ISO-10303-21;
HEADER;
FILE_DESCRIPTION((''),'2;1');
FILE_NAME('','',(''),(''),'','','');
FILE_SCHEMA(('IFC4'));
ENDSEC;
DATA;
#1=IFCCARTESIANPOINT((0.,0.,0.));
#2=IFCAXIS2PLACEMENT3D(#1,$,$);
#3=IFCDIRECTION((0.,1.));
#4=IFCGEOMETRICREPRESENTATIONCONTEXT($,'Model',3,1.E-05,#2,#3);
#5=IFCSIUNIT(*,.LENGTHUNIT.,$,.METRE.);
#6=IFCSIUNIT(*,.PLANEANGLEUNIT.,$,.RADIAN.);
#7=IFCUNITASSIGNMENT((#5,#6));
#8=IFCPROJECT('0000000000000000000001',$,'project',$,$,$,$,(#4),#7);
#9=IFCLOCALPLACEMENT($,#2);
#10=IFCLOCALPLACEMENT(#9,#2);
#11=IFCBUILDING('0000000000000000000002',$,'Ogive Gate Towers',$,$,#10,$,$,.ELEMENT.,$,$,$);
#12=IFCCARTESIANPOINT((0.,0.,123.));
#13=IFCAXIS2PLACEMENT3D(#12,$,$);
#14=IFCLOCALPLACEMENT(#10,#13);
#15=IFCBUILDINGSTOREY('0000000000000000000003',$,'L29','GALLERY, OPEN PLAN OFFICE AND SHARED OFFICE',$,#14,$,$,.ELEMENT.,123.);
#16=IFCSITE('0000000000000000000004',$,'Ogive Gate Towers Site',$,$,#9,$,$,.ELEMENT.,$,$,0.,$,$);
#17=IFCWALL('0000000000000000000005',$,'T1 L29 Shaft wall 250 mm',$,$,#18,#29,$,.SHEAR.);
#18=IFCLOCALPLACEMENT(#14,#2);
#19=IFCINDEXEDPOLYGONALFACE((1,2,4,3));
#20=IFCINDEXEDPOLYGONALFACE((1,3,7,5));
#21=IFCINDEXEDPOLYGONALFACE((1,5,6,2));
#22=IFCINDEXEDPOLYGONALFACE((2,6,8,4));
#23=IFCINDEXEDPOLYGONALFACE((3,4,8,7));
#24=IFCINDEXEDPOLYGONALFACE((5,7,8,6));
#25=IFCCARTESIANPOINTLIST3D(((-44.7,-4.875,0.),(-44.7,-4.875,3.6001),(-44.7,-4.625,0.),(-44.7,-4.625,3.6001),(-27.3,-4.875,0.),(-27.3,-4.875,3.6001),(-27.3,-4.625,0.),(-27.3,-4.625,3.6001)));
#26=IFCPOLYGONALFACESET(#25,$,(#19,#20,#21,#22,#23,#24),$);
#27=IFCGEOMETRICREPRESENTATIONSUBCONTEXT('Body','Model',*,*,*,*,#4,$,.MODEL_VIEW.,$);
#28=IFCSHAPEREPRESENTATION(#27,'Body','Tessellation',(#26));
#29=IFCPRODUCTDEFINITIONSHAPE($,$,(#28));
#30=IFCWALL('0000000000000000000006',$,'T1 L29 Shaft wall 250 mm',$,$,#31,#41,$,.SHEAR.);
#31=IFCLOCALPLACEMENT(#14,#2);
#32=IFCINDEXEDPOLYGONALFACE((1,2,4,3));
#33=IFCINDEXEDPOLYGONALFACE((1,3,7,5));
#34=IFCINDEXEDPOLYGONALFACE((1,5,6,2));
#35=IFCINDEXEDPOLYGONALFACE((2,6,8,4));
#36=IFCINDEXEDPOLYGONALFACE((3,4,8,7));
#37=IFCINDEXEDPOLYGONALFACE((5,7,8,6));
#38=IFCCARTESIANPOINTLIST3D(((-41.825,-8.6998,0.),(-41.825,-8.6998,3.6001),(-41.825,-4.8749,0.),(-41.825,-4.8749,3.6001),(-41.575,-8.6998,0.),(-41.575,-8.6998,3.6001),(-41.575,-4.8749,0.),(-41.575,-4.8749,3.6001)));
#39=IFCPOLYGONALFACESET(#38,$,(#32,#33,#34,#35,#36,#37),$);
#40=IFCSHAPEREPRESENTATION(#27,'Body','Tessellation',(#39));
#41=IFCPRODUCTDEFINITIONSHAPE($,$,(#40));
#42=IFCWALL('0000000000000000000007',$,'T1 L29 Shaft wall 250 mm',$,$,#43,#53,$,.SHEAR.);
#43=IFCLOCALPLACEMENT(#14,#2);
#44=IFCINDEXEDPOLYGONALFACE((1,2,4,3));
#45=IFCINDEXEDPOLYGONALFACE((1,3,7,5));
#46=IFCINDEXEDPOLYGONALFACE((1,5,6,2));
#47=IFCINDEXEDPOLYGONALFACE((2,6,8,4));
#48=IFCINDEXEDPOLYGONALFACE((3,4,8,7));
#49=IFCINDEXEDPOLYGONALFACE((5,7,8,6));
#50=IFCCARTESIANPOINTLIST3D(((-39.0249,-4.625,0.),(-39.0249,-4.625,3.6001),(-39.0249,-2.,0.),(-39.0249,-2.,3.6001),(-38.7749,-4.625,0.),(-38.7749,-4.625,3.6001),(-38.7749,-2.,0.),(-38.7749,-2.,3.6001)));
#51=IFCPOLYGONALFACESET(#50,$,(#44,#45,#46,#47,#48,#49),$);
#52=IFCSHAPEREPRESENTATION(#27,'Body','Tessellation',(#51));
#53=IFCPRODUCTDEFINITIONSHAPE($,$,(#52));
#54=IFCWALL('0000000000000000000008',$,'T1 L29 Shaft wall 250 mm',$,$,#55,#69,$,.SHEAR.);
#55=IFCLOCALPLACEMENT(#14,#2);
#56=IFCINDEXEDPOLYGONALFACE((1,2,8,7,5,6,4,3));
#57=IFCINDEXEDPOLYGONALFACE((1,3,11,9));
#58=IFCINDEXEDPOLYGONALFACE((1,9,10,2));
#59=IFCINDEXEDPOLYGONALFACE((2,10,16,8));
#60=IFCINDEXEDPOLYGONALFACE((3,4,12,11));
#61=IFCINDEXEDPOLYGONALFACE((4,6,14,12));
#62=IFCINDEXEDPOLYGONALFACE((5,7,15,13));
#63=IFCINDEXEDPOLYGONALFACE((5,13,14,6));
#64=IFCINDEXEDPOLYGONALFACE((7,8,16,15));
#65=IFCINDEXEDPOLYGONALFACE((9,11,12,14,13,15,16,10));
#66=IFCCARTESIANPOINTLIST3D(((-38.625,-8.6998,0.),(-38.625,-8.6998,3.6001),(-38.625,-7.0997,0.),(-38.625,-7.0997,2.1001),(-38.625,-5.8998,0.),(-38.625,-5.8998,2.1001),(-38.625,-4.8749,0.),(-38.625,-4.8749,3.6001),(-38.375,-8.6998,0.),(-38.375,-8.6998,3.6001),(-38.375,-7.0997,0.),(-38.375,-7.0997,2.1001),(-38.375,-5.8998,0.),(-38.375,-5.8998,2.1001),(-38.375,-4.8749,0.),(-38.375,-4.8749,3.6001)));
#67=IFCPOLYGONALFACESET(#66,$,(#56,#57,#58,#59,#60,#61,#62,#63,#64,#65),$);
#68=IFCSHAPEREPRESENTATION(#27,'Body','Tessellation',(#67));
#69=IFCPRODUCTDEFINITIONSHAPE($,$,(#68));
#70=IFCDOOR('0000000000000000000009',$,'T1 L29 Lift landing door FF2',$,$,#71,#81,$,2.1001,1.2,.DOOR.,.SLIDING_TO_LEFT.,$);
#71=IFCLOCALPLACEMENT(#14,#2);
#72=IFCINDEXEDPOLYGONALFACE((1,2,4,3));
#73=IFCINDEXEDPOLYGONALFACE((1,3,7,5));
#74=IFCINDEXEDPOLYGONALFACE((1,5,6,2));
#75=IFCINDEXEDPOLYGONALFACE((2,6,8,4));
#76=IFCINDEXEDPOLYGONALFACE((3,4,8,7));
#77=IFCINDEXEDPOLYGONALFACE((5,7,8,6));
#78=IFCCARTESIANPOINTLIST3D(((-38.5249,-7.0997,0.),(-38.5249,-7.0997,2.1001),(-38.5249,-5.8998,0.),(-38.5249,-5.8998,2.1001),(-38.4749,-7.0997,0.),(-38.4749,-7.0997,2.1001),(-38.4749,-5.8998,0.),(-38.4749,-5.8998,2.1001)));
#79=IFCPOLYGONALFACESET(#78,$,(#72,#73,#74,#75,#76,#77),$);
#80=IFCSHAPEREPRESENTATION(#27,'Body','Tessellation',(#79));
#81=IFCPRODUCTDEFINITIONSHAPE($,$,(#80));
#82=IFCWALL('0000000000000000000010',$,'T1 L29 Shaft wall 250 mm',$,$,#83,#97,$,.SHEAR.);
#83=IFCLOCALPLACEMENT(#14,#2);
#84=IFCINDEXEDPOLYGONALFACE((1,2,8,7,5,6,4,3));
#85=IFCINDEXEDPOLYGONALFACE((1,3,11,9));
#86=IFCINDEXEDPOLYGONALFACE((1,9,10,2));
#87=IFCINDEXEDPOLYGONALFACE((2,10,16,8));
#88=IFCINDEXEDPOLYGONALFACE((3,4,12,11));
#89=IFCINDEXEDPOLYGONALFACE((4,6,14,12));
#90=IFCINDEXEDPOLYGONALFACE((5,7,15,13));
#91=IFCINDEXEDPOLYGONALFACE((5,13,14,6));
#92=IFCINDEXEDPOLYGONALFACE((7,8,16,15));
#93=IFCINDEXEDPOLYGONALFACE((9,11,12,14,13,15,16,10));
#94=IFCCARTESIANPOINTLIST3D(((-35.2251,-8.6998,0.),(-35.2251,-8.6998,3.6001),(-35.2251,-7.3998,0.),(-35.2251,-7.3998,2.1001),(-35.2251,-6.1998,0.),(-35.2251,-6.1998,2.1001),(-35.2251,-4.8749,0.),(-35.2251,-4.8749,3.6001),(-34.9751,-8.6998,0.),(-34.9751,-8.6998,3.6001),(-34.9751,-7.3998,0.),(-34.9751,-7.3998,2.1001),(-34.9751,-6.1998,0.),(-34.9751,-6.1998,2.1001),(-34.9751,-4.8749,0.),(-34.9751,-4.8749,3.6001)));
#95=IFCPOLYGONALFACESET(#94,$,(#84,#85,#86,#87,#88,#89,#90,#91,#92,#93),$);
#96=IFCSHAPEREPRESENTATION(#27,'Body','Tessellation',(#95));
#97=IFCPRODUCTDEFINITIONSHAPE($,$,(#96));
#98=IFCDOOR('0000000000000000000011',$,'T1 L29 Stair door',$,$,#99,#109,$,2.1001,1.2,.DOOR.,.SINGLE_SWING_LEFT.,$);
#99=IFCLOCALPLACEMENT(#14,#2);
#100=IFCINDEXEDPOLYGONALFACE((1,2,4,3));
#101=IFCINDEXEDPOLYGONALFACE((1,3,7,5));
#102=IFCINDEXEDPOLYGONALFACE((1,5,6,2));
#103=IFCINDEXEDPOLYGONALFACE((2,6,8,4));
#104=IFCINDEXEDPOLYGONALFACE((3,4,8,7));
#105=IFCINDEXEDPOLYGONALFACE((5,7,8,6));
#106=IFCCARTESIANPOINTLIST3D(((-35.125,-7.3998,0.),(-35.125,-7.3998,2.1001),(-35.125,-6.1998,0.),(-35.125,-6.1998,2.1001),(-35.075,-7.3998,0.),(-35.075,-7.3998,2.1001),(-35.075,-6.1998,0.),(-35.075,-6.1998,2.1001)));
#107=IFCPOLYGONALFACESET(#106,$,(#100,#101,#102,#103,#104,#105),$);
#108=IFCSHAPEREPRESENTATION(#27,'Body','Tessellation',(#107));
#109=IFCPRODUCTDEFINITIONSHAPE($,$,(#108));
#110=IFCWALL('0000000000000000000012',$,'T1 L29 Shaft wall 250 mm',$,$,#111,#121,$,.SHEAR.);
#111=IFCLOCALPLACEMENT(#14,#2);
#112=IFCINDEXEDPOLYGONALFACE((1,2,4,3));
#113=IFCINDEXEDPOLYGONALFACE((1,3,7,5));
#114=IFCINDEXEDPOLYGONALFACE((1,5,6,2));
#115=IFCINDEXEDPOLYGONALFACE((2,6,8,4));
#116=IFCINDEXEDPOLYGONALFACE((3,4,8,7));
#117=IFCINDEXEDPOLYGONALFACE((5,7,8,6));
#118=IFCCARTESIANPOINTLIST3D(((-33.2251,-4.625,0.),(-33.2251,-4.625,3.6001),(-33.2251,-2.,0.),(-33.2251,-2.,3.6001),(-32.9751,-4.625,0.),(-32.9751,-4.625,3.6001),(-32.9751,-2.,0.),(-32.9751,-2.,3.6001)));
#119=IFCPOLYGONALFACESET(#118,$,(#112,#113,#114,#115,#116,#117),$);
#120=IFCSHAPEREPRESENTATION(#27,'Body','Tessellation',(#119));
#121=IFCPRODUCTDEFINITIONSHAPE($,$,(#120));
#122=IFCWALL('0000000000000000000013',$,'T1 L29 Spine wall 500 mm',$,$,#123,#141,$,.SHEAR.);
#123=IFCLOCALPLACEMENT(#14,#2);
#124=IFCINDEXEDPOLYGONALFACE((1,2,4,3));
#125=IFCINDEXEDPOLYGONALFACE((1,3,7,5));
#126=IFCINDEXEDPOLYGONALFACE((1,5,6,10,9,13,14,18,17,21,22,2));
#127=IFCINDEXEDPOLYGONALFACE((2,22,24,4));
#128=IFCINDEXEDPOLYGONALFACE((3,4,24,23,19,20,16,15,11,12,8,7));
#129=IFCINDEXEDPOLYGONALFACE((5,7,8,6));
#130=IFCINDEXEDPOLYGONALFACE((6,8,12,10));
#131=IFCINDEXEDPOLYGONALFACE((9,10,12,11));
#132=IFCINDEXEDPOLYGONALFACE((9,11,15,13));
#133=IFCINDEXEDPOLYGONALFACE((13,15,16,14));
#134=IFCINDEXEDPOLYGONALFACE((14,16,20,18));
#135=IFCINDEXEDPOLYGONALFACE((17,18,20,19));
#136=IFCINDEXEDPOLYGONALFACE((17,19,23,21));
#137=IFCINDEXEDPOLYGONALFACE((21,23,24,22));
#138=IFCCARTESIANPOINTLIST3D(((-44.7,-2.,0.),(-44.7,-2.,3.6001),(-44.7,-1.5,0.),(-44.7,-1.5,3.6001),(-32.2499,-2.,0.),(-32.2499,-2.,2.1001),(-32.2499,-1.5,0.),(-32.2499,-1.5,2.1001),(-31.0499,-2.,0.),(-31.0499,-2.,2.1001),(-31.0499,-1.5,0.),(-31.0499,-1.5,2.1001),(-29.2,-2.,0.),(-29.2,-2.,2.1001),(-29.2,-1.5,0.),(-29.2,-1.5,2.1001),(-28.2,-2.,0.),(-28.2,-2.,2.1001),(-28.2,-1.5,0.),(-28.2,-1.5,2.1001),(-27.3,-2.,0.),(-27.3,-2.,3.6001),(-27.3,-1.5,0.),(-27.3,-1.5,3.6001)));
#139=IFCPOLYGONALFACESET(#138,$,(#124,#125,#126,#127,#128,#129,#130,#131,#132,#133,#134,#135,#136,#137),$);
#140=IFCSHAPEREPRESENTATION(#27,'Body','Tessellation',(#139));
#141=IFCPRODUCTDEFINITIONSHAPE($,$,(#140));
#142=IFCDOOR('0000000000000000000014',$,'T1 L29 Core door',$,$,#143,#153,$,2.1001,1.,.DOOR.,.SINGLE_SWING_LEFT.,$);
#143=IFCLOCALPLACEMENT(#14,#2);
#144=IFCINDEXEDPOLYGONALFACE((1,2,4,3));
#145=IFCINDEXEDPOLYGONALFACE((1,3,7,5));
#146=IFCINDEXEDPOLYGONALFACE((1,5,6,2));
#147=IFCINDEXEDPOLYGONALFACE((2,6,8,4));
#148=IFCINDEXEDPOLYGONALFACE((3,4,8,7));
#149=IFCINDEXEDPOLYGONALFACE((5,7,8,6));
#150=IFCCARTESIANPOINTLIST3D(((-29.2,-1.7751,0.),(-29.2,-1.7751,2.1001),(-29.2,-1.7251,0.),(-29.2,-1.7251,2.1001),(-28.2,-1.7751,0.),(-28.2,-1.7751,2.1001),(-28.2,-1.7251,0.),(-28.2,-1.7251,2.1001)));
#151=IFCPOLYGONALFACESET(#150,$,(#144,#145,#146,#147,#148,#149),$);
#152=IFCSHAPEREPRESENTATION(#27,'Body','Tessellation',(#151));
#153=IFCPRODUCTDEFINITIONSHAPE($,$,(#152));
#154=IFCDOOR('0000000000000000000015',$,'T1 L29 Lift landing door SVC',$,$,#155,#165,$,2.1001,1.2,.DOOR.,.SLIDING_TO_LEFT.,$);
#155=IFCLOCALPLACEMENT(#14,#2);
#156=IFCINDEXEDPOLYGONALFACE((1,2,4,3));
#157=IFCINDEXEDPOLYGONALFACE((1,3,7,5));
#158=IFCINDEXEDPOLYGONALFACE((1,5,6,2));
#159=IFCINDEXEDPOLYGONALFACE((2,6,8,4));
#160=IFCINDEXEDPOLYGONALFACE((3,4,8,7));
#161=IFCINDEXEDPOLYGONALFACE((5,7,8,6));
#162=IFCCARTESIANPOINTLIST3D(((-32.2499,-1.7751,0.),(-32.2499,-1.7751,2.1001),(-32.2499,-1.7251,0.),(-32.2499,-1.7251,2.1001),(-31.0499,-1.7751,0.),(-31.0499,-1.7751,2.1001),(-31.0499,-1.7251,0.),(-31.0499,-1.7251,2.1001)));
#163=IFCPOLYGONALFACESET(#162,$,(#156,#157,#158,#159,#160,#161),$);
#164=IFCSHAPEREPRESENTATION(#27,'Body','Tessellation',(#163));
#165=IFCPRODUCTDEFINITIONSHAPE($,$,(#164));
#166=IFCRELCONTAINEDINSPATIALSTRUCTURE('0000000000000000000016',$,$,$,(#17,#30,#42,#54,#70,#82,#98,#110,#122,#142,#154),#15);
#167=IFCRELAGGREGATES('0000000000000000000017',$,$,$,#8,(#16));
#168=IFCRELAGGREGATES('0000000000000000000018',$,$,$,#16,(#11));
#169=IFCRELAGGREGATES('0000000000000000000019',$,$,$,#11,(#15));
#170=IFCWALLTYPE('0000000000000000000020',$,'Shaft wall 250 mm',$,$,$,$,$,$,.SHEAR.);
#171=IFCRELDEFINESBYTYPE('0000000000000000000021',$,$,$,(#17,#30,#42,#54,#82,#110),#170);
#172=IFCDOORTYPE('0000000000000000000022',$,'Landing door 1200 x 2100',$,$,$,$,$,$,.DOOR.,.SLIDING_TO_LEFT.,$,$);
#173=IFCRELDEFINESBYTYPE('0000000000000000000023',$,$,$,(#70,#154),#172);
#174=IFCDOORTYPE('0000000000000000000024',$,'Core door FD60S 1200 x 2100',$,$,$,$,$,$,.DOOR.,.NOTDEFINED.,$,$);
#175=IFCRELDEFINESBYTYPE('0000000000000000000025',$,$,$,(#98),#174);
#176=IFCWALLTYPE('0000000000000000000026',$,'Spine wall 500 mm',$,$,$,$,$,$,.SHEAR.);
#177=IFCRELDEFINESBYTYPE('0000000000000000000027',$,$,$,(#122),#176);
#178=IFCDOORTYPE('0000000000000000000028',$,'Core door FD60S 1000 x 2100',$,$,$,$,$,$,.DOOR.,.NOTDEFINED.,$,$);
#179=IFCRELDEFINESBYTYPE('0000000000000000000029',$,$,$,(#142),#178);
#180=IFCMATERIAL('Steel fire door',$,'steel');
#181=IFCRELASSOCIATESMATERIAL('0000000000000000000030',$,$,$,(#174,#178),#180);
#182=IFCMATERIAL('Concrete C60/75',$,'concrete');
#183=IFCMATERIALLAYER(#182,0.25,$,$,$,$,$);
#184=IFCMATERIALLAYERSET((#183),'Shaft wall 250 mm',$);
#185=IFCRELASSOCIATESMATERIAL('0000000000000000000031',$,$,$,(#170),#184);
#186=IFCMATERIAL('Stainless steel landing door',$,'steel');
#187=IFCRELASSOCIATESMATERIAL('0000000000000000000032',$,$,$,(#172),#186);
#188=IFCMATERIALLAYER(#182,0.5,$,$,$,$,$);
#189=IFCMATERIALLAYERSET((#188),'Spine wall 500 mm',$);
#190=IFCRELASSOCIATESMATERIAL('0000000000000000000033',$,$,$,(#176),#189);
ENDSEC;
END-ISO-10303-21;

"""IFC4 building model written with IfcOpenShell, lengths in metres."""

from ifc_helpers import new_model, si_unit, direction, frame, frame_2d, origin, place, context, subcontext, project, spatial, rectangle, extrude, material, layer, layer_set, type_object, element, fill, save


model = new_model("IFC4")

# Units and contexts
model_context = context("Model", 3, precision=1e-05, world=origin(), true_north=direction((0.0, 1.0)))
body_context = subcontext(model_context, "Body", "Model", "MODEL_VIEW")
ifc_project = project(units=[si_unit("LENGTHUNIT", "METRE"), si_unit("PLANEANGLEUNIT", "RADIAN")], contexts=[model_context])

# Site, building, storey
site_placement = place(None, origin())
site = spatial("IfcSite", under=ifc_project, at=site_placement, Name="Ogive Gate Towers Site", CompositionType="ELEMENT", RefElevation=0.0)
building_placement = place(site_placement, origin())
building = spatial("IfcBuilding", under=site, at=building_placement, Name="Ogive Gate Towers", CompositionType="ELEMENT")
storey_placement = place(building_placement, frame((0.0, 0.0, 123.0)))
storey = spatial("IfcBuildingStorey", under=building, at=storey_placement, Name="L29", Description="GALLERY, OPEN PLAN OFFICE AND SHARED OFFICE", CompositionType="ELEMENT", Elevation=123.0)

# Shared definitions
ifc_material_1 = material(Name="Concrete C60/75", Category="concrete")
ifc_material_2 = material(Name="Steel fire door", Category="steel")
door_type_1 = type_object("IfcDoorType", Name="Core door FD60S 1200 x 2100", OperationType="NOTDEFINED", PredefinedType="DOOR", material=ifc_material_2)

# Walls
ifc_layer_1 = layer(ifc_material_1, 0.25)
ifc_layer_set_1 = layer_set([ifc_layer_1], Name="Shaft wall 250 mm")
wall_type_1 = type_object("IfcWallType", Name="Shaft wall 250 mm", PredefinedType="SHEAR", material=ifc_layer_set_1)
wall_1_placement = place(storey_placement, frame((-44.7, -4.75, 0.0), z_axis=(0.0, 0.0, 1.0), x_axis=(1.0, 0.0, 0.0)))
element("IfcWall", 1, at=wall_1_placement, inside=storey, type_object=wall_type_1, Name="T1 L29 Shaft wall 250 mm", PredefinedType="SHEAR", context=body_context, shape_type="SweptSolid", body=[
    extrude(rectangle(XDim=17.3999, YDim=0.25, at=frame_2d((8.7, 0.0))), origin(), (0.0, 0.0, 1.0), 3.6001),
])
wall_2_placement = place(storey_placement, frame((-41.7, -8.7, 0.0), z_axis=(0.0, 0.0, 1.0), x_axis=(0.0, 1.0, 0.0)))
element("IfcWall", 2, at=wall_2_placement, inside=storey, type_object=wall_type_1, Name="T1 L29 Shaft wall 250 mm", PredefinedType="SHEAR", context=body_context, shape_type="SweptSolid", body=[
    extrude(rectangle(XDim=3.825, YDim=0.25, at=frame_2d((1.9126, 0.0))), origin(), (0.0, 0.0, 1.0), 3.6001),
])
wall_3_placement = place(storey_placement, frame((-38.8999, -4.625, 0.0), z_axis=(0.0, 0.0, 1.0), x_axis=(0.0, 1.0, 0.0)))
element("IfcWall", 3, at=wall_3_placement, inside=storey, type_object=wall_type_1, Name="T1 L29 Shaft wall 250 mm", PredefinedType="SHEAR", context=body_context, shape_type="SweptSolid", body=[
    extrude(rectangle(XDim=2.625, YDim=0.25, at=frame_2d((1.3125, 0.0))), origin(), (0.0, 0.0, 1.0), 3.6001),
])

# Walls, openings, doors
wall_4_placement = place(storey_placement, frame((-38.5, -8.7, 0.0), z_axis=(0.0, 0.0, 1.0), x_axis=(0.0, 1.0, 0.0)))
wall_4 = element("IfcWall", 4, at=wall_4_placement, inside=storey, type_object=wall_type_1, Name="T1 L29 Shaft wall 250 mm", PredefinedType="SHEAR", context=body_context, shape_type="SweptSolid", body=[
    extrude(rectangle(XDim=3.825, YDim=0.25, at=frame_2d((1.9126, 0.0))), origin(), (0.0, 0.0, 1.0), 3.6001),
])
opening_1_placement = place(wall_4_placement, frame((1.6001, 0.0, 0.0)))
opening_1 = element("IfcOpeningElement", 5, at=opening_1_placement, cuts=wall_4, PredefinedType="OPENING", context=body_context, shape_type="SweptSolid", body=[
    extrude(rectangle(XDim=1.2, YDim=2.1001, at=frame_2d((0.6001, 1.05))), frame((0.0, 0.135, 0.0), z_axis=(0.0, -1.0, 0.0), x_axis=(1.0, 0.0, 0.0)), (0.0, 0.0, 1.0), 0.27),
])
ifc_material_3 = material(Name="Stainless steel landing door", Category="steel")
door_type_2 = type_object("IfcDoorType", Name="Landing door 1200 x 2100", OperationType="SLIDING_TO_LEFT", PredefinedType="DOOR", material=ifc_material_3)
door_1_placement = place(opening_1_placement, origin())
door_1 = element("IfcDoor", 6, at=door_1_placement, inside=storey, type_object=door_type_2, Name="T1 L29 Lift landing door FF2", OperationType="SLIDING_TO_LEFT", OverallHeight=2.1001, OverallWidth=1.2, PredefinedType="DOOR", context=body_context, shape_type="SweptSolid", body=[
    extrude(rectangle(XDim=1.2, YDim=2.1001, at=frame_2d((0.6001, 1.05))), frame((0.0, 0.0249, 0.0), z_axis=(0.0, -1.0, 0.0), x_axis=(1.0, 0.0, 0.0)), (0.0, 0.0, 1.0), 0.05),
])
fill(opening_1, door_1)
wall_5_placement = place(storey_placement, frame((-35.1001, -8.7, 0.0), z_axis=(0.0, 0.0, 1.0), x_axis=(0.0, 1.0, 0.0)))
wall_5 = element("IfcWall", 7, at=wall_5_placement, inside=storey, type_object=wall_type_1, Name="T1 L29 Shaft wall 250 mm", PredefinedType="SHEAR", context=body_context, shape_type="SweptSolid", body=[
    extrude(rectangle(XDim=3.825, YDim=0.25, at=frame_2d((1.9126, 0.0))), origin(), (0.0, 0.0, 1.0), 3.6001),
])
opening_2_placement = place(wall_5_placement, frame((1.3, 0.0, 0.0)))
opening_2 = element("IfcOpeningElement", 8, at=opening_2_placement, cuts=wall_5, PredefinedType="OPENING", context=body_context, shape_type="SweptSolid", body=[
    extrude(rectangle(XDim=1.2, YDim=2.1001, at=frame_2d((0.6001, 1.05))), frame((0.0, 0.135, 0.0), z_axis=(0.0, -1.0, 0.0), x_axis=(1.0, 0.0, 0.0)), (0.0, 0.0, 1.0), 0.27),
])
door_2_placement = place(opening_2_placement, origin())
door_2 = element("IfcDoor", 9, at=door_2_placement, inside=storey, type_object=door_type_1, Name="T1 L29 Stair door", OperationType="SINGLE_SWING_LEFT", OverallHeight=2.1001, OverallWidth=1.2, PredefinedType="DOOR", context=body_context, shape_type="SweptSolid", body=[
    extrude(rectangle(XDim=1.2, YDim=2.1001, at=frame_2d((0.6001, 1.05))), frame((0.0, 0.0249, 0.0), z_axis=(0.0, -1.0, 0.0), x_axis=(1.0, 0.0, 0.0)), (0.0, 0.0, 1.0), 0.05),
])
fill(opening_2, door_2)

# Wall
wall_6_placement = place(storey_placement, frame((-33.1001, -4.625, 0.0), z_axis=(0.0, 0.0, 1.0), x_axis=(0.0, 1.0, 0.0)))
element("IfcWall", 10, at=wall_6_placement, inside=storey, type_object=wall_type_1, Name="T1 L29 Shaft wall 250 mm", PredefinedType="SHEAR", context=body_context, shape_type="SweptSolid", body=[
    extrude(rectangle(XDim=2.625, YDim=0.25, at=frame_2d((1.3125, 0.0))), origin(), (0.0, 0.0, 1.0), 3.6001),
])

# Wall, openings, doors
ifc_layer_2 = layer(ifc_material_1, 0.5)
ifc_layer_set_2 = layer_set([ifc_layer_2], Name="Spine wall 500 mm")
wall_type_2 = type_object("IfcWallType", Name="Spine wall 500 mm", PredefinedType="SHEAR", material=ifc_layer_set_2)
wall_7_placement = place(storey_placement, frame((-44.7, -1.75, 0.0), z_axis=(0.0, 0.0, 1.0), x_axis=(1.0, 0.0, 0.0)))
wall_7 = element("IfcWall", 11, at=wall_7_placement, inside=storey, type_object=wall_type_2, Name="T1 L29 Spine wall 500 mm", PredefinedType="SHEAR", context=body_context, shape_type="SweptSolid", body=[
    extrude(rectangle(XDim=17.3999, YDim=0.5, at=frame_2d((8.7, 0.0))), origin(), (0.0, 0.0, 1.0), 3.6001),
])
opening_3_placement = place(wall_7_placement, frame((12.45, 0.0, 0.0)))
opening_3 = element("IfcOpeningElement", 12, at=opening_3_placement, cuts=wall_7, PredefinedType="OPENING", context=body_context, shape_type="SweptSolid", body=[
    extrude(rectangle(XDim=1.2, YDim=2.1001, at=frame_2d((0.6001, 1.05))), frame((0.0, 0.26, 0.0), z_axis=(0.0, -1.0, 0.0), x_axis=(1.0, 0.0, 0.0)), (0.0, 0.0, 1.0), 0.52),
])
opening_4_placement = place(wall_7_placement, frame((15.5, 0.0, 0.0)))
opening_4 = element("IfcOpeningElement", 13, at=opening_4_placement, cuts=wall_7, PredefinedType="OPENING", context=body_context, shape_type="SweptSolid", body=[
    extrude(rectangle(XDim=1.0, YDim=2.1001, at=frame_2d((0.5, 1.05))), frame((0.0, 0.26, 0.0), z_axis=(0.0, -1.0, 0.0), x_axis=(1.0, 0.0, 0.0)), (0.0, 0.0, 1.0), 0.52),
])
door_type_3 = type_object("IfcDoorType", Name="Core door FD60S 1000 x 2100", OperationType="NOTDEFINED", PredefinedType="DOOR", material=ifc_material_2)
door_3_placement = place(opening_4_placement, origin())
door_3 = element("IfcDoor", 14, at=door_3_placement, inside=storey, type_object=door_type_3, Name="T1 L29 Core door", OperationType="SINGLE_SWING_LEFT", OverallHeight=2.1001, OverallWidth=1.0, PredefinedType="DOOR", context=body_context, shape_type="SweptSolid", body=[
    extrude(rectangle(XDim=1.0, YDim=2.1001, at=frame_2d((0.5, 1.05))), frame((0.0, 0.0249, 0.0), z_axis=(0.0, -1.0, 0.0), x_axis=(1.0, 0.0, 0.0)), (0.0, 0.0, 1.0), 0.05),
])
fill(opening_4, door_3)
door_4_placement = place(opening_3_placement, origin())
door_4 = element("IfcDoor", 15, at=door_4_placement, inside=storey, type_object=door_type_2, Name="T1 L29 Lift landing door SVC", OperationType="SLIDING_TO_LEFT", OverallHeight=2.1001, OverallWidth=1.2, PredefinedType="DOOR", context=body_context, shape_type="SweptSolid", body=[
    extrude(rectangle(XDim=1.2, YDim=2.1001, at=frame_2d((0.6001, 1.05))), frame((0.0, 0.0249, 0.0), z_axis=(0.0, -1.0, 0.0), x_axis=(1.0, 0.0, 0.0)), (0.0, 0.0, 1.0), 0.05),
])
fill(opening_3, door_4)

save(model, "model.ifc")
